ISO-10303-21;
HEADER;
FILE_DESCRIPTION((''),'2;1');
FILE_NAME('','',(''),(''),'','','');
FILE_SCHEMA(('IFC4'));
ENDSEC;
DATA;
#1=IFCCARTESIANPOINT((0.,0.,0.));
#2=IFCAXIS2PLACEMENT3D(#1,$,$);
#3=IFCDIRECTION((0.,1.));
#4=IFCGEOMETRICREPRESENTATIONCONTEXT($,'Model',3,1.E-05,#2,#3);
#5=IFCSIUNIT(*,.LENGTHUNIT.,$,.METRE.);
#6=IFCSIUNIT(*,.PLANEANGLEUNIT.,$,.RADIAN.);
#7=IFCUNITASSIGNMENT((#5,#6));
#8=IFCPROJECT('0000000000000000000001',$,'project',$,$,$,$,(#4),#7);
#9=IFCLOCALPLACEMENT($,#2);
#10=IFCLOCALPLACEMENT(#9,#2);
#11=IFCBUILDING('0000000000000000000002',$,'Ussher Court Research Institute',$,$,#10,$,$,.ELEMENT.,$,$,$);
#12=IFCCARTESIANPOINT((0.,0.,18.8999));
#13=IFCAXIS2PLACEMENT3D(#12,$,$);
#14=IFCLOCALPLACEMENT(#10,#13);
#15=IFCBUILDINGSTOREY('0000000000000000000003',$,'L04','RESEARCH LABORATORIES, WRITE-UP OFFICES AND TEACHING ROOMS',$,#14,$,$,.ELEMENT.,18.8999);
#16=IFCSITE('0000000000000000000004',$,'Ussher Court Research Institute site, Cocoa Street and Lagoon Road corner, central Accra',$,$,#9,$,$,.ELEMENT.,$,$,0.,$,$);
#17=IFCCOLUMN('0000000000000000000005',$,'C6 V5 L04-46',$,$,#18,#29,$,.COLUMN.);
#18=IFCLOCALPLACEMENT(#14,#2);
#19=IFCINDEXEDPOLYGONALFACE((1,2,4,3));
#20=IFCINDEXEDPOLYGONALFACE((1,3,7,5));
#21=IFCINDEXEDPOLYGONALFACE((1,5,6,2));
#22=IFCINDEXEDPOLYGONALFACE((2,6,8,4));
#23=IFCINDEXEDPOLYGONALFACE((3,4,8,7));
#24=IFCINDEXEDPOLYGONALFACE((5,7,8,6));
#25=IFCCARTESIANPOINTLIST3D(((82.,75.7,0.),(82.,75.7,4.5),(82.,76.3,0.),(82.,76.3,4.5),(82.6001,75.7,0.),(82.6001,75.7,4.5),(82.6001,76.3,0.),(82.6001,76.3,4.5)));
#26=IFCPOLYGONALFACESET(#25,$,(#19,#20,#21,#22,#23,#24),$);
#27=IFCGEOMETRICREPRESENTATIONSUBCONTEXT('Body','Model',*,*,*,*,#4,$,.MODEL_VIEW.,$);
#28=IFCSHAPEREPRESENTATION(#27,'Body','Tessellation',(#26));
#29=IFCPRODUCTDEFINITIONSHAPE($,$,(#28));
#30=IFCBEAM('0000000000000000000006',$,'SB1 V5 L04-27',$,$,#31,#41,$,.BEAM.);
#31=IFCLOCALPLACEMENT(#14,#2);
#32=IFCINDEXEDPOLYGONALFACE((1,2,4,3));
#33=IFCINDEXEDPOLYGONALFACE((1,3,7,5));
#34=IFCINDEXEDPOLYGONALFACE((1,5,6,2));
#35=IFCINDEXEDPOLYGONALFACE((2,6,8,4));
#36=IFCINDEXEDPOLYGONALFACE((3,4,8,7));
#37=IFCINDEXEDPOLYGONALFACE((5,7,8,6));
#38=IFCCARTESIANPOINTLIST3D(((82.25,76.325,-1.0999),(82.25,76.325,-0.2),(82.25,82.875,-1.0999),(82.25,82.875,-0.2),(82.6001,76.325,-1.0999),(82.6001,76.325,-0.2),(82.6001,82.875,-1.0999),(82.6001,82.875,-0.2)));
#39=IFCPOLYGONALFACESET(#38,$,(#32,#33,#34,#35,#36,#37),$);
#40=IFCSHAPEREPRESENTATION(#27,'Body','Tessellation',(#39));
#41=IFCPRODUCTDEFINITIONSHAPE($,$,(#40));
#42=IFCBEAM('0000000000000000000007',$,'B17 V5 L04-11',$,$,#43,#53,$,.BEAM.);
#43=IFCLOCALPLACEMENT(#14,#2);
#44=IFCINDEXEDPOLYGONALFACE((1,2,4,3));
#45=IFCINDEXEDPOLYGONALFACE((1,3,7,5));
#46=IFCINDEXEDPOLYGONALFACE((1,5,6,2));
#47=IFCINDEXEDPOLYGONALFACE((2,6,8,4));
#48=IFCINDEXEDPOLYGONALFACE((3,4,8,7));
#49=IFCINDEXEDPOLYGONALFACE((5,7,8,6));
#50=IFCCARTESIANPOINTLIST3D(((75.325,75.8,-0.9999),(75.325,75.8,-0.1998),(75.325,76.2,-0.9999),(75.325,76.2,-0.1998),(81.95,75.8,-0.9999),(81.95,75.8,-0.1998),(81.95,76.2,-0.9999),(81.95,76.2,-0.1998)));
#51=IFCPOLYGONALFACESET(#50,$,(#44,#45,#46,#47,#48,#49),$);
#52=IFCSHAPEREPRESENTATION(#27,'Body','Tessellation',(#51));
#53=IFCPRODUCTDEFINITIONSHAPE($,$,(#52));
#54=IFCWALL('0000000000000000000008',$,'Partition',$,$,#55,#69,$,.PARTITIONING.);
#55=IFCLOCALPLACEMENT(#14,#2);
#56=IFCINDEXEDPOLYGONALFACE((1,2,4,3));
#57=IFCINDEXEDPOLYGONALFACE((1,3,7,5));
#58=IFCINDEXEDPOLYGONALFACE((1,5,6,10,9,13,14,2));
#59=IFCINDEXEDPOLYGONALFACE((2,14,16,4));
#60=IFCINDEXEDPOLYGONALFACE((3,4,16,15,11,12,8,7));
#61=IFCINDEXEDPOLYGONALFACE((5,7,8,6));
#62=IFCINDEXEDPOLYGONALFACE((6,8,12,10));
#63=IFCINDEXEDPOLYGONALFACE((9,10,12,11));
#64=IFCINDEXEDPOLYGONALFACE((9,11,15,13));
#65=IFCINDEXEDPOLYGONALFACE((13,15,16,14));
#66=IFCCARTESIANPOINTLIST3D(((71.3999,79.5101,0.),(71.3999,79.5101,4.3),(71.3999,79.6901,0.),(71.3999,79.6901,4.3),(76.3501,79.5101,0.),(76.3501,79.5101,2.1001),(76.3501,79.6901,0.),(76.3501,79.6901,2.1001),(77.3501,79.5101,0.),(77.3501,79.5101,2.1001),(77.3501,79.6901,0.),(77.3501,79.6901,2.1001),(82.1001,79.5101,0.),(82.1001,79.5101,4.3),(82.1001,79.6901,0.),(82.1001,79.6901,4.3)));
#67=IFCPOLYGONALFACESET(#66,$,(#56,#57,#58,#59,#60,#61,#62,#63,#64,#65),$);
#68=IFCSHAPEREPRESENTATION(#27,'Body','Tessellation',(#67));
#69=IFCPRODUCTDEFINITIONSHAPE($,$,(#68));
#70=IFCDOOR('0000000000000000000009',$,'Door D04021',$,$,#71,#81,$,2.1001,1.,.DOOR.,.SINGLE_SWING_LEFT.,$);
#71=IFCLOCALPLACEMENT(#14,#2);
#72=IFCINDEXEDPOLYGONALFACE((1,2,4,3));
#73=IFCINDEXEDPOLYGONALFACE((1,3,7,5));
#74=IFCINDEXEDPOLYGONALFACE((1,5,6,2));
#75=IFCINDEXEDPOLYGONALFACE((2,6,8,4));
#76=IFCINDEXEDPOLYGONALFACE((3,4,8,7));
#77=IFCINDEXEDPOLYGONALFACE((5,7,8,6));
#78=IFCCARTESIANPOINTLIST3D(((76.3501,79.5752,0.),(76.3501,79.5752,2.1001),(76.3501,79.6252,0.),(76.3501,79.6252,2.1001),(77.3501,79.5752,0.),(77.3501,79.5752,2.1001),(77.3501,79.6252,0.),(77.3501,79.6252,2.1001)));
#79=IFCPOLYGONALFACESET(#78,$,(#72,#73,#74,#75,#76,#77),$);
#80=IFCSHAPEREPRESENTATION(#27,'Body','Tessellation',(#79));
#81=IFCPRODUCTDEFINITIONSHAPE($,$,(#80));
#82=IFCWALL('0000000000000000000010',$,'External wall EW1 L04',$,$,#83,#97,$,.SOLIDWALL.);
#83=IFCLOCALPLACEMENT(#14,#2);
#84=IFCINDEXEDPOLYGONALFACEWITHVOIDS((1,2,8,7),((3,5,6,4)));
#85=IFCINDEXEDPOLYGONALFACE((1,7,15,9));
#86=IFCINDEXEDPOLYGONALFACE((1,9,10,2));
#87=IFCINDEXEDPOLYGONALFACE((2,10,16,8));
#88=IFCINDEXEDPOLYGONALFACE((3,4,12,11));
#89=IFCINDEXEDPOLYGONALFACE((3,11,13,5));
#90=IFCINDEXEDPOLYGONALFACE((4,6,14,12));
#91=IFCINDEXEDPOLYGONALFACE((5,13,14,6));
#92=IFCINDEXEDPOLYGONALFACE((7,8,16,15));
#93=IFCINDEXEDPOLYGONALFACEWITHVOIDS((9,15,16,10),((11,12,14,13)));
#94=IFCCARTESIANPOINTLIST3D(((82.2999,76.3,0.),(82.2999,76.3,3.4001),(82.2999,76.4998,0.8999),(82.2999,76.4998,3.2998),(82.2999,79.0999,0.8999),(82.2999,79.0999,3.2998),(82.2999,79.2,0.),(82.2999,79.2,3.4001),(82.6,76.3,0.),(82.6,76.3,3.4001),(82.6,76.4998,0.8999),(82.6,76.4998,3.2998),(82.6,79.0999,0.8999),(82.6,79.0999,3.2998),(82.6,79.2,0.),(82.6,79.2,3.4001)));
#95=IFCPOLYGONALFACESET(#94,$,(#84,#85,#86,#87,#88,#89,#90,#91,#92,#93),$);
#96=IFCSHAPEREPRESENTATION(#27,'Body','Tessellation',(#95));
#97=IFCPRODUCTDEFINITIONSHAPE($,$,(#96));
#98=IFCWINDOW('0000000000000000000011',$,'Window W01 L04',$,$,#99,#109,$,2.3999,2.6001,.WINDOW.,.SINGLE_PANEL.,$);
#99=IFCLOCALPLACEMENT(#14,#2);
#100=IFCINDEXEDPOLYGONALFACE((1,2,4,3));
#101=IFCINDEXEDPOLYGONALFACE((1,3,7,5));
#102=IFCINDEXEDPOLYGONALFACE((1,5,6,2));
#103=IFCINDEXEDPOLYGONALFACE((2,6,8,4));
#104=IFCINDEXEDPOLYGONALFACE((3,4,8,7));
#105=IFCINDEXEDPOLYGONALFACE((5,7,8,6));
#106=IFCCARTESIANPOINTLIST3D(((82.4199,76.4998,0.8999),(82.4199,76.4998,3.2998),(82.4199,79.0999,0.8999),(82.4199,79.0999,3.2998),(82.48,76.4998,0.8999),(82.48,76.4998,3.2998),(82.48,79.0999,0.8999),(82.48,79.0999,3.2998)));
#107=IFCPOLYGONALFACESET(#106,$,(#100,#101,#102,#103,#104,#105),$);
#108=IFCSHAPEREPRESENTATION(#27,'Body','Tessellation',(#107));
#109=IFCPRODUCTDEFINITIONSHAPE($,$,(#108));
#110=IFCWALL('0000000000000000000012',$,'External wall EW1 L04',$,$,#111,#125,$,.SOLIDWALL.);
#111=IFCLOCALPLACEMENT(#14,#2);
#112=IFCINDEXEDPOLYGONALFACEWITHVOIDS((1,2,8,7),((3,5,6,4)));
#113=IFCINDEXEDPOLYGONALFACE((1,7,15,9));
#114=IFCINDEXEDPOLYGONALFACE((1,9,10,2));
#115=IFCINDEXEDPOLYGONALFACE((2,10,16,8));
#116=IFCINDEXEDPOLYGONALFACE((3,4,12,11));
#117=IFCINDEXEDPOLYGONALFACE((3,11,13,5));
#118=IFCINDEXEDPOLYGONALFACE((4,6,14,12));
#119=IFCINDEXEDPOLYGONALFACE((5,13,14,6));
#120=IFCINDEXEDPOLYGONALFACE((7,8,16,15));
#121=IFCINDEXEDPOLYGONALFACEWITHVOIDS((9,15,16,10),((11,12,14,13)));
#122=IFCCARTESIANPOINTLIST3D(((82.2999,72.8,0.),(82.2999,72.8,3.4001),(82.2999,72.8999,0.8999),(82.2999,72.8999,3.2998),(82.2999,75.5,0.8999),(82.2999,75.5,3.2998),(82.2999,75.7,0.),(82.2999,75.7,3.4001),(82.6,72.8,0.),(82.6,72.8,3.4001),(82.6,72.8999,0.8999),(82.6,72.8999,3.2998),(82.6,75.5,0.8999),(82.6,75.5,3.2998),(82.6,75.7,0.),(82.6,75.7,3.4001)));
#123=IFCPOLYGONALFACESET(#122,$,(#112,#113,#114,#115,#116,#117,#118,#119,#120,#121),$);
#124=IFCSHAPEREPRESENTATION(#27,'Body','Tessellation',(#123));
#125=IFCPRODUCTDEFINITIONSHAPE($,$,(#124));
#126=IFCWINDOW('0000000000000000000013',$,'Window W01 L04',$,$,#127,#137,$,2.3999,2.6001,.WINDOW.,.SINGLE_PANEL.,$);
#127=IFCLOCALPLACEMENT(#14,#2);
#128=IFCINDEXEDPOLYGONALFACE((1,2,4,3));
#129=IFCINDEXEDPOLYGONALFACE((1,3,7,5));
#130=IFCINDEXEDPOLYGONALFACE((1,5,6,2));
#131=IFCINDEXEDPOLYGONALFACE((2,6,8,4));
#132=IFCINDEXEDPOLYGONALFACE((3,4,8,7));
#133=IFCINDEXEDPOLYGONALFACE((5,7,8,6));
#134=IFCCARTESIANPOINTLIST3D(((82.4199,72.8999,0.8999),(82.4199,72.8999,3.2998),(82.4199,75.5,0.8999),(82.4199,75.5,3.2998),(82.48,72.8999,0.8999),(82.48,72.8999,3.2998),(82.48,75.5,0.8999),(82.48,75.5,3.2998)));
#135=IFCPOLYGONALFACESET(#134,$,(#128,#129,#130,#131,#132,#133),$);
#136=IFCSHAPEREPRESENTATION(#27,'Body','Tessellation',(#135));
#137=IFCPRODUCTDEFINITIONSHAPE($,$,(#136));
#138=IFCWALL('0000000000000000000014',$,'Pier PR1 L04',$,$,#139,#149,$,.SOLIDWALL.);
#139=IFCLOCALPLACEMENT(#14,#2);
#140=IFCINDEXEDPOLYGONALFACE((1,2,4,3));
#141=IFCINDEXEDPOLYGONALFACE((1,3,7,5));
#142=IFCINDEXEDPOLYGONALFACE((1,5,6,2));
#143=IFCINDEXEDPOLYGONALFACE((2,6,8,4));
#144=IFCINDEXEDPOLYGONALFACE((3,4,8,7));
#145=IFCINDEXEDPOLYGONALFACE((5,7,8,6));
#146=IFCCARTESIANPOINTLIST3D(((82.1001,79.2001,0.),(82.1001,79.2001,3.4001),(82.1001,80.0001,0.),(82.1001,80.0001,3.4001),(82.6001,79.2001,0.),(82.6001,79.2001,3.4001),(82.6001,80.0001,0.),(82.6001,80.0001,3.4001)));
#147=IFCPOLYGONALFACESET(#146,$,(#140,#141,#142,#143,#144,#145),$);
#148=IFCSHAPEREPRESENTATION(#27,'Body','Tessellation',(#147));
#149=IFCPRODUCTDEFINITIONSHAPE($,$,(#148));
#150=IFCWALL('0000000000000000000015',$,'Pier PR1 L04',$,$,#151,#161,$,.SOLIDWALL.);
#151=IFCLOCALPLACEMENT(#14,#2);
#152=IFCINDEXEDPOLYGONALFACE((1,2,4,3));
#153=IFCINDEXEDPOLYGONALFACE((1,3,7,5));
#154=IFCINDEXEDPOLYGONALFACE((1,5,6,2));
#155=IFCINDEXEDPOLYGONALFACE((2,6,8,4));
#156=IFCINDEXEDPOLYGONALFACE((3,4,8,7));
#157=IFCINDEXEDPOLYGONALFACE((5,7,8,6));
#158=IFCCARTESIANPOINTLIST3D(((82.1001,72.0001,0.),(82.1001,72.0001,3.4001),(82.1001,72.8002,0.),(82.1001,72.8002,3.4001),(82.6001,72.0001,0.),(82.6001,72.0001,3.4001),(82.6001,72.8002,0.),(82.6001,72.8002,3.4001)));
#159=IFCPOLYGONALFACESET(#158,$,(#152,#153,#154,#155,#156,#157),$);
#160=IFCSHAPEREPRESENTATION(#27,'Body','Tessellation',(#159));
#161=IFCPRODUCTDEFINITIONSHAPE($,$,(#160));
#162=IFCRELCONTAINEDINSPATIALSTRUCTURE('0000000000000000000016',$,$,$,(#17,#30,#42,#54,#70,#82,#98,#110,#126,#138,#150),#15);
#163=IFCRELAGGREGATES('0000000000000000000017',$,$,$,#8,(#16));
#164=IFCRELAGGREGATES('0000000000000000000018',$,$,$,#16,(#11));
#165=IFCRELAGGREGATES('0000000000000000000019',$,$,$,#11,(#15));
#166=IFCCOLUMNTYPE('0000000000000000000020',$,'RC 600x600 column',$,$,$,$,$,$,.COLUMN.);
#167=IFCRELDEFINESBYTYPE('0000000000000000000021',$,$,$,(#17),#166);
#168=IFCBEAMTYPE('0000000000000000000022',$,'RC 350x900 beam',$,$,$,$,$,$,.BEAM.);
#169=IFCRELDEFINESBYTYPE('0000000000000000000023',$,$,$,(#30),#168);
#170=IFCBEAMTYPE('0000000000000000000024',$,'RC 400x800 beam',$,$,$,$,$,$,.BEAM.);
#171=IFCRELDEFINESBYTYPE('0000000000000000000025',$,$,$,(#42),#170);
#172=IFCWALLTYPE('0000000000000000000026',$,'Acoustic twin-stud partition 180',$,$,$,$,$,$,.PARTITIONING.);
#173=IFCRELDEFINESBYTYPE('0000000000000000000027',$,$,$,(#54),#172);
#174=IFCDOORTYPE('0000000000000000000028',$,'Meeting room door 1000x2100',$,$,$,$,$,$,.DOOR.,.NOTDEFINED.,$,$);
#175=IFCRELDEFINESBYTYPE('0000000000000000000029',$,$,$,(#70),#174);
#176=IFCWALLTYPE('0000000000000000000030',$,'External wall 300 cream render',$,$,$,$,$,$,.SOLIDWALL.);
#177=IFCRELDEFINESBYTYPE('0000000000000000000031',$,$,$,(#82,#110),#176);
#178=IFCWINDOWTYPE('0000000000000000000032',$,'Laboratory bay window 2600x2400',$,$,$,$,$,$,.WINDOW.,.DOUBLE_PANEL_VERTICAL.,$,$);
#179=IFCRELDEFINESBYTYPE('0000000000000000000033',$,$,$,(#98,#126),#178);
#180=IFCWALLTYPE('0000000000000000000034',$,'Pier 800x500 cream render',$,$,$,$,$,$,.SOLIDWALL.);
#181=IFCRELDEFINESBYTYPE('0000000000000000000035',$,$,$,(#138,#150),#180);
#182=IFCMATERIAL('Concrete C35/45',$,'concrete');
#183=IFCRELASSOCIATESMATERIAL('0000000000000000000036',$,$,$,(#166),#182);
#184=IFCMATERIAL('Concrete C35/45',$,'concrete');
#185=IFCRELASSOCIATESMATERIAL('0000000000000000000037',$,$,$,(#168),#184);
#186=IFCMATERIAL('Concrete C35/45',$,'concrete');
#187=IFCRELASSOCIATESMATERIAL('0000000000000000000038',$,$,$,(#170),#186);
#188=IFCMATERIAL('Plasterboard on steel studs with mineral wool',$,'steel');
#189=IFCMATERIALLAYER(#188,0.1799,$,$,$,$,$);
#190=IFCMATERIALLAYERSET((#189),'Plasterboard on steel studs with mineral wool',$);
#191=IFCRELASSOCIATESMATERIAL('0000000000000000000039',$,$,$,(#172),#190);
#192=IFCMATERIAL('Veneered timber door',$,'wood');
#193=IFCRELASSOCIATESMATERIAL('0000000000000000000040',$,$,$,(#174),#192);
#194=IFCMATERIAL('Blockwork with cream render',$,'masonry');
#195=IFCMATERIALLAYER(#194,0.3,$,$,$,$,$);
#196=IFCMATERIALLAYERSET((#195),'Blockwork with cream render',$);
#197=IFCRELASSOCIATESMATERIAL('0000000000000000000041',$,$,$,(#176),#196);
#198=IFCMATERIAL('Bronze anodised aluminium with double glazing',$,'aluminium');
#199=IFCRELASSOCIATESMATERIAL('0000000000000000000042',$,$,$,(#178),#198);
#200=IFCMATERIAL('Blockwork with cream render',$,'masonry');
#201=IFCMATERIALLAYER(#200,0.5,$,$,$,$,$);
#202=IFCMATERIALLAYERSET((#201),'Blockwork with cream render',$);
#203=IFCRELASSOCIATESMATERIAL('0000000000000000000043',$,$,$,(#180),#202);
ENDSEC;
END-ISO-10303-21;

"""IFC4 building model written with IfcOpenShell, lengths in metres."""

from ifc_helpers import new_model, si_unit, direction, frame, frame_2d, origin, origin_2d, place, context, subcontext, project, spatial, rectangle, extrude, material, layer, layer_set, material_profile, profile_set, type_object, element, fill, save


model = new_model("IFC4")

# Units and contexts
model_context = context("Model", 3, precision=1e-05, world=origin(), true_north=direction((0.0, 1.0)))
body_context = subcontext(model_context, "Body", "Model", "MODEL_VIEW")
ifc_project = project(units=[si_unit("LENGTHUNIT", "METRE"), si_unit("PLANEANGLEUNIT", "RADIAN")], contexts=[model_context])

# Site, building, storey
site_placement = place(None, origin())
site = spatial("IfcSite", under=ifc_project, at=site_placement, Name="Ussher Court Research Institute site, Cocoa Street and Lagoon Road corner, central Accra", CompositionType="ELEMENT", RefElevation=0.0)
building_placement = place(site_placement, origin())
building = spatial("IfcBuilding", under=site, at=building_placement, Name="Ussher Court Research Institute", CompositionType="ELEMENT")
storey_placement = place(building_placement, frame((0.0, 0.0, 18.8999)))
storey = spatial("IfcBuildingStorey", under=building, at=storey_placement, Name="L04", Description="RESEARCH LABORATORIES, WRITE-UP OFFICES AND TEACHING ROOMS", CompositionType="ELEMENT", Elevation=18.8999)

# Column
ifc_material_1 = material(Name="Concrete C35/45", Category="concrete")
ifc_material_profile_1 = material_profile(ifc_material_1, rectangle(XDim=0.6001, YDim=0.6001, at=origin_2d()), Name="RC 600x600")
ifc_profile_set_1 = profile_set([ifc_material_profile_1], Name="Concrete C35/45")
column_type = type_object("IfcColumnType", Name="RC 600x600 column", PredefinedType="COLUMN", material=ifc_profile_set_1)
column_placement = place(storey_placement, frame((82.3, 76.0, 0.0), z_axis=(0.0, 0.0, 1.0), x_axis=(1.0, 0.0, 0.0)))
element("IfcColumn", 1, at=column_placement, inside=storey, type_object=column_type, Name="C6 V5 L04-46", PredefinedType="COLUMN", context=body_context, shape_type="SweptSolid", body=[
    extrude(rectangle(XDim=0.6001, YDim=0.6001, at=origin_2d()), origin(), (0.0, 0.0, 1.0), 4.5),
])

# Beams
ifc_material_2 = material(Name="Concrete C35/45", Category="concrete")
ifc_material_profile_2 = material_profile(ifc_material_2, rectangle(XDim=0.3501, YDim=0.8999, at=origin_2d()), Name="RC 350x900")
ifc_profile_set_2 = profile_set([ifc_material_profile_2], Name="Concrete C35/45")
beam_type_1 = type_object("IfcBeamType", Name="RC 350x900 beam", PredefinedType="BEAM", material=ifc_profile_set_2)
beam_1_placement = place(storey_placement, frame((82.425, 76.325, -0.6499), z_axis=(0.0, 1.0, 0.0), x_axis=(-1.0, 0.0, 0.0)))
element("IfcBeam", 2, at=beam_1_placement, inside=storey, type_object=beam_type_1, Name="SB1 V5 L04-27", PredefinedType="BEAM", context=body_context, shape_type="SweptSolid", body=[
    extrude(rectangle(XDim=0.3501, YDim=0.8999, at=origin_2d()), origin(), (0.0, 0.0, 1.0), 6.55),
])
ifc_material_3 = material(Name="Concrete C35/45", Category="concrete")
ifc_material_profile_3 = material_profile(ifc_material_3, rectangle(XDim=0.3999, YDim=0.8, at=origin_2d()), Name="RC 400x800")
ifc_profile_set_3 = profile_set([ifc_material_profile_3], Name="Concrete C35/45")
beam_type_2 = type_object("IfcBeamType", Name="RC 400x800 beam", PredefinedType="BEAM", material=ifc_profile_set_3)
beam_2_placement = place(storey_placement, frame((75.325, 76.0, -0.5999), z_axis=(1.0, 0.0, 0.0), x_axis=(0.0, 1.0, 0.0)))
element("IfcBeam", 3, at=beam_2_placement, inside=storey, type_object=beam_type_2, Name="B17 V5 L04-11", PredefinedType="BEAM", context=body_context, shape_type="SweptSolid", body=[
    extrude(rectangle(XDim=0.3999, YDim=0.8, at=origin_2d()), origin(), (0.0, 0.0, 1.0), 6.625),
])

# Wall, opening, door
ifc_material_4 = material(Name="Plasterboard on steel studs with mineral wool", Category="steel")
ifc_layer_1 = layer(ifc_material_4, 0.1799)
ifc_layer_set_1 = layer_set([ifc_layer_1], Name="Plasterboard on steel studs with mineral wool")
wall_type_1 = type_object("IfcWallType", Name="Acoustic twin-stud partition 180", PredefinedType="PARTITIONING", material=ifc_layer_set_1)
wall_1_placement = place(storey_placement, frame((82.1001, 79.6001, 0.0), z_axis=(0.0, 0.0, 1.0), x_axis=(-1.0, 0.0, 0.0)))
wall_1 = element("IfcWall", 4, at=wall_1_placement, inside=storey, type_object=wall_type_1, Name="Partition", PredefinedType="PARTITIONING", context=body_context, shape_type="SweptSolid", body=[
    extrude(rectangle(XDim=10.7002, YDim=0.1799, at=frame_2d((5.3501, 0.0))), origin(), (0.0, 0.0, 1.0), 4.3),
])
opening_1_placement = place(wall_1_placement, frame((4.75, 0.0, 0.0)))
opening_1 = element("IfcOpeningElement", 5, at=opening_1_placement, cuts=wall_1, PredefinedType="OPENING", context=body_context, shape_type="SweptSolid", body=[
    extrude(rectangle(XDim=1.0, YDim=2.1001, at=frame_2d((0.5, 1.05))), frame((0.0, 0.1001, 0.0), z_axis=(0.0, -1.0, 0.0), x_axis=(1.0, 0.0, 0.0)), (0.0, 0.0, 1.0), 0.2),
])
ifc_material_5 = material(Name="Veneered timber door", Category="wood")
door_type = type_object("IfcDoorType", Name="Meeting room door 1000x2100", OperationType="NOTDEFINED", PredefinedType="DOOR", material=ifc_material_5)
door_placement = place(opening_1_placement, origin())
door = element("IfcDoor", 6, at=door_placement, inside=storey, type_object=door_type, Name="Door D04021", OperationType="SINGLE_SWING_LEFT", OverallHeight=2.1001, OverallWidth=1.0, PredefinedType="DOOR", context=body_context, shape_type="SweptSolid", body=[
    extrude(rectangle(XDim=1.0, YDim=2.1001, at=frame_2d((0.5, 1.05))), frame((0.0, 0.0249, 0.0), z_axis=(0.0, -1.0, 0.0), x_axis=(1.0, 0.0, 0.0)), (0.0, 0.0, 1.0), 0.05),
])
fill(opening_1, door)

# Walls, openings, windows
ifc_material_6 = material(Name="Blockwork with cream render", Category="masonry")
ifc_layer_2 = layer(ifc_material_6, 0.3)
ifc_layer_set_2 = layer_set([ifc_layer_2], Name="Blockwork with cream render")
wall_type_2 = type_object("IfcWallType", Name="External wall 300 cream render", PredefinedType="SOLIDWALL", material=ifc_layer_set_2)
wall_2_placement = place(storey_placement, frame((82.45, 79.2, 0.0), z_axis=(0.0, 0.0, 1.0), x_axis=(0.0, -1.0, 0.0)))
wall_2 = element("IfcWall", 7, at=wall_2_placement, inside=storey, type_object=wall_type_2, Name="External wall EW1 L04", PredefinedType="SOLIDWALL", context=body_context, shape_type="SweptSolid", body=[
    extrude(rectangle(XDim=2.8999, YDim=0.3, at=frame_2d((1.45, 0.0))), origin(), (0.0, 0.0, 1.0), 3.4001),
])
opening_2_placement = place(wall_2_placement, frame((0.1001, 0.0, 0.8999)))
opening_2 = element("IfcOpeningElement", 8, at=opening_2_placement, cuts=wall_2, PredefinedType="OPENING", context=body_context, shape_type="SweptSolid", body=[
    extrude(rectangle(XDim=2.6001, YDim=2.3999, at=frame_2d((1.3, 1.2))), frame((0.0, 0.1602, 0.0), z_axis=(0.0, -1.0, 0.0), x_axis=(1.0, 0.0, 0.0)), (0.0, 0.0, 1.0), 0.3201),
])
ifc_material_7 = material(Name="Bronze anodised aluminium with double glazing", Category="aluminium")
window_type = type_object("IfcWindowType", Name="Laboratory bay window 2600x2400", PartitioningType="DOUBLE_PANEL_VERTICAL", PredefinedType="WINDOW", material=ifc_material_7)
window_1_placement = place(opening_2_placement, origin())
window_1 = element("IfcWindow", 9, at=window_1_placement, inside=storey, type_object=window_type, Name="Window W01 L04", OverallHeight=2.3999, OverallWidth=2.6001, PartitioningType="SINGLE_PANEL", PredefinedType="WINDOW", context=body_context, shape_type="SweptSolid", body=[
    extrude(rectangle(XDim=2.6001, YDim=2.3999, at=frame_2d((1.3, 1.2))), frame((0.0, 0.03, 0.0), z_axis=(0.0, -1.0, 0.0), x_axis=(1.0, 0.0, 0.0)), (0.0, 0.0, 1.0), 0.0601),
])
fill(opening_2, window_1)
wall_3_placement = place(storey_placement, frame((82.45, 75.7, 0.0), z_axis=(0.0, 0.0, 1.0), x_axis=(0.0, -1.0, 0.0)))
wall_3 = element("IfcWall", 10, at=wall_3_placement, inside=storey, type_object=wall_type_2, Name="External wall EW1 L04", PredefinedType="SOLIDWALL", context=body_context, shape_type="SweptSolid", body=[
    extrude(rectangle(XDim=2.8999, YDim=0.3, at=frame_2d((1.45, 0.0))), origin(), (0.0, 0.0, 1.0), 3.4001),
])
opening_3_placement = place(wall_3_placement, frame((0.2, 0.0, 0.8999)))
opening_3 = element("IfcOpeningElement", 11, at=opening_3_placement, cuts=wall_3, PredefinedType="OPENING", context=body_context, shape_type="SweptSolid", body=[
    extrude(rectangle(XDim=2.6001, YDim=2.3999, at=frame_2d((1.3, 1.2))), frame((0.0, 0.1602, 0.0), z_axis=(0.0, -1.0, 0.0), x_axis=(1.0, 0.0, 0.0)), (0.0, 0.0, 1.0), 0.3201),
])
window_2_placement = place(opening_3_placement, origin())
window_2 = element("IfcWindow", 12, at=window_2_placement, inside=storey, type_object=window_type, Name="Window W01 L04", OverallHeight=2.3999, OverallWidth=2.6001, PartitioningType="SINGLE_PANEL", PredefinedType="WINDOW", context=body_context, shape_type="SweptSolid", body=[
    extrude(rectangle(XDim=2.6001, YDim=2.3999, at=frame_2d((1.3, 1.2))), frame((0.0, 0.03, 0.0), z_axis=(0.0, -1.0, 0.0), x_axis=(1.0, 0.0, 0.0)), (0.0, 0.0, 1.0), 0.0601),
])
fill(opening_3, window_2)

# Walls
ifc_material_8 = material(Name="Blockwork with cream render", Category="masonry")
ifc_layer_3 = layer(ifc_material_8, 0.5)
ifc_layer_set_3 = layer_set([ifc_layer_3], Name="Blockwork with cream render")
wall_type_3 = type_object("IfcWallType", Name="Pier 800x500 cream render", PredefinedType="SOLIDWALL", material=ifc_layer_set_3)
for number, where, z_axis, x_axis, name in (
    (13, (82.3501, 80.0, 0.0), (0.0, 0.0, 1.0), (0.0, -1.0, 0.0), "Pier PR1 L04"),
    (14, (82.3501, 72.8, 0.0), (0.0, 0.0, 1.0), (0.0, -1.0, 0.0), "Pier PR1 L04"),
):
    element("IfcWall", number, at=place(storey_placement, frame(where, z_axis=z_axis, x_axis=x_axis)), inside=storey, type_object=wall_type_3, Name=name, PredefinedType="SOLIDWALL", context=body_context, shape_type="SweptSolid", body=[
        extrude(rectangle(XDim=0.8, YDim=0.5, at=frame_2d((0.3999, 0.0))), origin(), (0.0, 0.0, 1.0), 3.4001),
    ])

save(model, "model.ifc")
